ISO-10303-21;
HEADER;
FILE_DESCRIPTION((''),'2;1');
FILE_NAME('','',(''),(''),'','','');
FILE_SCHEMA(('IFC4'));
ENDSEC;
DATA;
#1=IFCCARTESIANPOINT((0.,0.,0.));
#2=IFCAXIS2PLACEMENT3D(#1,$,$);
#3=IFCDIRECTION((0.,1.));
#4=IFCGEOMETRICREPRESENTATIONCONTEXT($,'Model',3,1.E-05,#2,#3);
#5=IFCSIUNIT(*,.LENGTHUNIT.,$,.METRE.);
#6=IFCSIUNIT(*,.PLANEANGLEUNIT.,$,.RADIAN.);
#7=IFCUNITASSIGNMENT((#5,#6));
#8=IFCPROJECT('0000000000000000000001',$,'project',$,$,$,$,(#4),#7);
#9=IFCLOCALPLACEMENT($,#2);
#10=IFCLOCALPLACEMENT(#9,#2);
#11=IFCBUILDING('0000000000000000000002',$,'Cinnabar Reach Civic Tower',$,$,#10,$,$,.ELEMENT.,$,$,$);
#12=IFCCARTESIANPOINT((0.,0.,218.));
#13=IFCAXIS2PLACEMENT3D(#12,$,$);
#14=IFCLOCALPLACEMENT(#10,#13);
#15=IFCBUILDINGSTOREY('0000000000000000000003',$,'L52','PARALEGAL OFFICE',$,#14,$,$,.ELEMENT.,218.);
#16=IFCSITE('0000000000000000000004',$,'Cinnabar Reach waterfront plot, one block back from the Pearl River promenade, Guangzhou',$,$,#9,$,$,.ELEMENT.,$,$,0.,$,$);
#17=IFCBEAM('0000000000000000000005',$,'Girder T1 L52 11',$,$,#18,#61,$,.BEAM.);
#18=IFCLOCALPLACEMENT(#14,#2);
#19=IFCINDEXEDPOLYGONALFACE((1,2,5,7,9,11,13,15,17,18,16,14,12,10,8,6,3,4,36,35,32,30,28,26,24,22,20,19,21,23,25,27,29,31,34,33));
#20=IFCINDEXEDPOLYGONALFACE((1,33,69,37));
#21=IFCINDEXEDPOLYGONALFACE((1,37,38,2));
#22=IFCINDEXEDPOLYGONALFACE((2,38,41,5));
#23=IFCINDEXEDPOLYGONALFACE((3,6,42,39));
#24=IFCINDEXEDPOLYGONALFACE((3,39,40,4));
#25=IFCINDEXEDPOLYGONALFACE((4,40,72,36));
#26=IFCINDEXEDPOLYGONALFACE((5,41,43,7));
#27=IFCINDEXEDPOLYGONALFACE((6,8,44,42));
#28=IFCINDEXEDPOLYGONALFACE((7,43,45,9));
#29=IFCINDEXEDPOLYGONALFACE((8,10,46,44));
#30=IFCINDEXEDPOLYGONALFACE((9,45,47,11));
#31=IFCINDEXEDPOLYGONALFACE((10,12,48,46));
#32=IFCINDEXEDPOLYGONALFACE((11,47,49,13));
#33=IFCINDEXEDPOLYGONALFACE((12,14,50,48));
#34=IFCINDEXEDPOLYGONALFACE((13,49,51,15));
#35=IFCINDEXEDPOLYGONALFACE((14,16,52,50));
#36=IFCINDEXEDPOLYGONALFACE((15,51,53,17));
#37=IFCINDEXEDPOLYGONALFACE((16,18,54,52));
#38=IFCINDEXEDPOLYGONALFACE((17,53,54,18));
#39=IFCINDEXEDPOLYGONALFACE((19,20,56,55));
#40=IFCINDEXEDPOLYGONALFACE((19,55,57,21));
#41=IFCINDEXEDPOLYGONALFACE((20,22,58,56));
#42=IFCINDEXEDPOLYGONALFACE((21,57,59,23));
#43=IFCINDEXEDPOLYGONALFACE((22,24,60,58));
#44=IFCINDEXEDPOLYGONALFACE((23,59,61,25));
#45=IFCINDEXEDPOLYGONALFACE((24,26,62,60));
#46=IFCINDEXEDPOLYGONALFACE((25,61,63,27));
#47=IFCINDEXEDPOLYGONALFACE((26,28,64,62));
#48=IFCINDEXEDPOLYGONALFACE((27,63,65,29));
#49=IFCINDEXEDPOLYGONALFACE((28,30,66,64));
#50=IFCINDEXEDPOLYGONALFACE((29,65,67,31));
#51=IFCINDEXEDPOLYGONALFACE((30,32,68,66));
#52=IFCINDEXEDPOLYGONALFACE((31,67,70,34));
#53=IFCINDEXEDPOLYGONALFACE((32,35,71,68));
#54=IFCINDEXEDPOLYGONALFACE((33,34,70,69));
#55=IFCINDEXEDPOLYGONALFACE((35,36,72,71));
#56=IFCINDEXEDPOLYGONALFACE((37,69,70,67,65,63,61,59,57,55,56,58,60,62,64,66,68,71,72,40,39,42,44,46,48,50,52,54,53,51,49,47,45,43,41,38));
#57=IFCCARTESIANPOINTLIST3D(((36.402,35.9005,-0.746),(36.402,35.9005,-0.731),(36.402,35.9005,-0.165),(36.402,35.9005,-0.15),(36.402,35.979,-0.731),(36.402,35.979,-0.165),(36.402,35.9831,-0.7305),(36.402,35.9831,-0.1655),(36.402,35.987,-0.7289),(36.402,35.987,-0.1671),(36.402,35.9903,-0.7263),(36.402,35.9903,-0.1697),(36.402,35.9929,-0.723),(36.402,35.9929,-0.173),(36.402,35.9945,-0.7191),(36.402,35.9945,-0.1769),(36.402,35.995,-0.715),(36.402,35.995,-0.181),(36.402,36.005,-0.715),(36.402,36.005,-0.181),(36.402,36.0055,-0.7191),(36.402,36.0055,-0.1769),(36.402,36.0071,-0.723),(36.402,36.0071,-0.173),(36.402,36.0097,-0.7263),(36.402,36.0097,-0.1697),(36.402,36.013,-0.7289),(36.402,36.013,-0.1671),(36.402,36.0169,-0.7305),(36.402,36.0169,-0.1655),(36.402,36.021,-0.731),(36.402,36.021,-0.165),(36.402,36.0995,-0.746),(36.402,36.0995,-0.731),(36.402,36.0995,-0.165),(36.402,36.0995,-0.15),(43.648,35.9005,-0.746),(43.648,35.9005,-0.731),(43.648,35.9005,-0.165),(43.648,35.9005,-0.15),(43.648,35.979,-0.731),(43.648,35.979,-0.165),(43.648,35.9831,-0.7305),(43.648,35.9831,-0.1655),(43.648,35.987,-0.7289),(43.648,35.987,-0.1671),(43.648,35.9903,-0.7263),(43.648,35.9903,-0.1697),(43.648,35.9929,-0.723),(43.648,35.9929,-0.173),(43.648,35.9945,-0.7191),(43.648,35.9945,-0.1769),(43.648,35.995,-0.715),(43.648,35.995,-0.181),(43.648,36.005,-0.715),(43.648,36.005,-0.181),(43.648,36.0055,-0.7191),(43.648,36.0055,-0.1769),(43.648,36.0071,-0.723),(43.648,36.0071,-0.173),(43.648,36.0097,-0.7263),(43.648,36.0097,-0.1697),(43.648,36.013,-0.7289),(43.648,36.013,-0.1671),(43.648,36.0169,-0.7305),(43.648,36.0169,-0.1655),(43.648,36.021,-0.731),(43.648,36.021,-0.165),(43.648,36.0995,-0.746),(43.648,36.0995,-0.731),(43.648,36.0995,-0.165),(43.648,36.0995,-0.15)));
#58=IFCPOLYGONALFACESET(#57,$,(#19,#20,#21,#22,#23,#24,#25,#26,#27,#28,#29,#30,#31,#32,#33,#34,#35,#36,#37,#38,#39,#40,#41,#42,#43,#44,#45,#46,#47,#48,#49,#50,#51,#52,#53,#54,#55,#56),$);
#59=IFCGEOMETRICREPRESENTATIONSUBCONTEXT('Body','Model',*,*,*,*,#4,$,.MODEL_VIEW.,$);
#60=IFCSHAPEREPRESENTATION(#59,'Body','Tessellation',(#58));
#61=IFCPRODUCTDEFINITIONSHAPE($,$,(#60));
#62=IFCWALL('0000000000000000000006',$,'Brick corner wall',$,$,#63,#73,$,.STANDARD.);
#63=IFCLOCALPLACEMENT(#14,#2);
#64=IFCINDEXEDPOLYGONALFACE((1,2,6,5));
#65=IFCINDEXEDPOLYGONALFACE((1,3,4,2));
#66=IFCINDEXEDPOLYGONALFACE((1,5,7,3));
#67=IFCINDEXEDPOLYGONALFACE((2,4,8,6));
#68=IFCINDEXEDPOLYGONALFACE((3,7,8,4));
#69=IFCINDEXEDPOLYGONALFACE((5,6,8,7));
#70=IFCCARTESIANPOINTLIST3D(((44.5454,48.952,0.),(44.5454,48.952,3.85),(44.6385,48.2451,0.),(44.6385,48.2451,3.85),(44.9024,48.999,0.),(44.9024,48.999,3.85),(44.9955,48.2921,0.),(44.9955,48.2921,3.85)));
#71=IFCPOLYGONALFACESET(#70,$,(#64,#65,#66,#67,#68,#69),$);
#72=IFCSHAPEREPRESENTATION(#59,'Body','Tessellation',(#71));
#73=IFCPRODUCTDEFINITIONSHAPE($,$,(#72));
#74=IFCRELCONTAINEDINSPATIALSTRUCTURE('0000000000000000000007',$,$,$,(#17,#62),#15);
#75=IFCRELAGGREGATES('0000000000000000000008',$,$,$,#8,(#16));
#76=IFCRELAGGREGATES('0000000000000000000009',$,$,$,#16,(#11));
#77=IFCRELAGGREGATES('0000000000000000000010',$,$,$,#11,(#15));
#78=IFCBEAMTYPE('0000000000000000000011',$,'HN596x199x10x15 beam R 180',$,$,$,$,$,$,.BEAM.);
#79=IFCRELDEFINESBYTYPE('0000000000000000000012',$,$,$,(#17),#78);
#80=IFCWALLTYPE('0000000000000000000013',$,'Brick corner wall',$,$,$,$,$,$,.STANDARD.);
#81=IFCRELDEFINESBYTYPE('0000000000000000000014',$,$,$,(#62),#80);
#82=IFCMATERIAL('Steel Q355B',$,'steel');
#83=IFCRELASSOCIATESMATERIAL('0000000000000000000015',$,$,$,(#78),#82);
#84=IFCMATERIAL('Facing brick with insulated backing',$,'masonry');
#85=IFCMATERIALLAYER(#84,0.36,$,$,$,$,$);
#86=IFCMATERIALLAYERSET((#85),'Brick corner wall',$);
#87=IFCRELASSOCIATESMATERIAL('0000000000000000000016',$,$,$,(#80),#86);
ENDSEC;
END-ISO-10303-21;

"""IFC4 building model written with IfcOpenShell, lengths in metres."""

from ifc_helpers import new_model, si_unit, direction, frame, frame_2d, origin, origin_2d, place, context, subcontext, project, spatial, rectangle, i_section, extrude, material, layer, layer_set, material_profile, profile_set, type_object, element, save


model = new_model("IFC4")

# Units and contexts
model_context = context("Model", 3, precision=1e-05, world=origin(), true_north=direction((0.0, 1.0)))
body_context = subcontext(model_context, "Body", "Model", "MODEL_VIEW")
ifc_project = project(units=[si_unit("LENGTHUNIT", "METRE"), si_unit("PLANEANGLEUNIT", "RADIAN")], contexts=[model_context])

# Site, building, storey
site_placement = place(None, origin())
site = spatial("IfcSite", under=ifc_project, at=site_placement, Name="Cinnabar Reach waterfront plot, one block back from the Pearl River promenade, Guangzhou", CompositionType="ELEMENT", RefElevation=0.0)
building_placement = place(site_placement, origin())
building = spatial("IfcBuilding", under=site, at=building_placement, Name="Cinnabar Reach Civic Tower", CompositionType="ELEMENT")
storey_placement = place(building_placement, frame((0.0, 0.0, 218.0)))
storey = spatial("IfcBuildingStorey", under=building, at=storey_placement, Name="L52", Description="PARALEGAL OFFICE", CompositionType="ELEMENT", Elevation=218.0)

# Beam
ifc_material_1 = material(Name="Steel Q355B", Category="steel")
ifc_material_profile_1 = material_profile(ifc_material_1, i_section(OverallWidth=0.199, OverallDepth=0.596, WebThickness=0.01, FlangeThickness=0.015, FilletRadius=0.016, at=origin_2d()), Name="HN596x199x10x15")
ifc_profile_set_1 = profile_set([ifc_material_profile_1], Name="Steel Q355B")
beam_type_1 = type_object("IfcBeamType", Name="HN596x199x10x15 beam R 180", PredefinedType="BEAM", material=ifc_profile_set_1)
beam_1_placement = place(storey_placement, frame((36.402, 36.0, -0.448), z_axis=(1.0, 0.0, 0.0), x_axis=(0.0, 1.0, 0.0)))
element("IfcBeam", 1, at=beam_1_placement, inside=storey, type_object=beam_type_1, Name="Girder T1 L52 11", PredefinedType="BEAM", context=body_context, shape_type="SweptSolid", body=[
    extrude(i_section(OverallWidth=0.199, OverallDepth=0.596, WebThickness=0.01, FlangeThickness=0.015, FilletRadius=0.016, at=origin_2d()), origin(), (0.0, 0.0, 1.0), 7.246),
])

# Wall
ifc_material_2 = material(Name="Facing brick with insulated backing", Category="masonry")
ifc_layer = layer(ifc_material_2, 0.36)
ifc_layer_set = layer_set([ifc_layer], Name="Brick corner wall")
wall_type = type_object("IfcWallType", Name="Brick corner wall", PredefinedType="STANDARD", material=ifc_layer_set)
wall_placement = place(storey_placement, frame((44.817, 48.2686, 0.0), z_axis=(0.0, 0.0, 1.0), x_axis=(-0.130556, 0.991441, 0.0)))
element("IfcWall", 2, at=wall_placement, inside=storey, type_object=wall_type, Name="Brick corner wall", PredefinedType="STANDARD", context=body_context, shape_type="SweptSolid", body=[
    extrude(rectangle(XDim=0.7131, YDim=0.36, at=frame_2d((0.3565, 0.0))), origin(), (0.0, 0.0, 1.0), 3.85),
])

save(model, "model.ifc")
